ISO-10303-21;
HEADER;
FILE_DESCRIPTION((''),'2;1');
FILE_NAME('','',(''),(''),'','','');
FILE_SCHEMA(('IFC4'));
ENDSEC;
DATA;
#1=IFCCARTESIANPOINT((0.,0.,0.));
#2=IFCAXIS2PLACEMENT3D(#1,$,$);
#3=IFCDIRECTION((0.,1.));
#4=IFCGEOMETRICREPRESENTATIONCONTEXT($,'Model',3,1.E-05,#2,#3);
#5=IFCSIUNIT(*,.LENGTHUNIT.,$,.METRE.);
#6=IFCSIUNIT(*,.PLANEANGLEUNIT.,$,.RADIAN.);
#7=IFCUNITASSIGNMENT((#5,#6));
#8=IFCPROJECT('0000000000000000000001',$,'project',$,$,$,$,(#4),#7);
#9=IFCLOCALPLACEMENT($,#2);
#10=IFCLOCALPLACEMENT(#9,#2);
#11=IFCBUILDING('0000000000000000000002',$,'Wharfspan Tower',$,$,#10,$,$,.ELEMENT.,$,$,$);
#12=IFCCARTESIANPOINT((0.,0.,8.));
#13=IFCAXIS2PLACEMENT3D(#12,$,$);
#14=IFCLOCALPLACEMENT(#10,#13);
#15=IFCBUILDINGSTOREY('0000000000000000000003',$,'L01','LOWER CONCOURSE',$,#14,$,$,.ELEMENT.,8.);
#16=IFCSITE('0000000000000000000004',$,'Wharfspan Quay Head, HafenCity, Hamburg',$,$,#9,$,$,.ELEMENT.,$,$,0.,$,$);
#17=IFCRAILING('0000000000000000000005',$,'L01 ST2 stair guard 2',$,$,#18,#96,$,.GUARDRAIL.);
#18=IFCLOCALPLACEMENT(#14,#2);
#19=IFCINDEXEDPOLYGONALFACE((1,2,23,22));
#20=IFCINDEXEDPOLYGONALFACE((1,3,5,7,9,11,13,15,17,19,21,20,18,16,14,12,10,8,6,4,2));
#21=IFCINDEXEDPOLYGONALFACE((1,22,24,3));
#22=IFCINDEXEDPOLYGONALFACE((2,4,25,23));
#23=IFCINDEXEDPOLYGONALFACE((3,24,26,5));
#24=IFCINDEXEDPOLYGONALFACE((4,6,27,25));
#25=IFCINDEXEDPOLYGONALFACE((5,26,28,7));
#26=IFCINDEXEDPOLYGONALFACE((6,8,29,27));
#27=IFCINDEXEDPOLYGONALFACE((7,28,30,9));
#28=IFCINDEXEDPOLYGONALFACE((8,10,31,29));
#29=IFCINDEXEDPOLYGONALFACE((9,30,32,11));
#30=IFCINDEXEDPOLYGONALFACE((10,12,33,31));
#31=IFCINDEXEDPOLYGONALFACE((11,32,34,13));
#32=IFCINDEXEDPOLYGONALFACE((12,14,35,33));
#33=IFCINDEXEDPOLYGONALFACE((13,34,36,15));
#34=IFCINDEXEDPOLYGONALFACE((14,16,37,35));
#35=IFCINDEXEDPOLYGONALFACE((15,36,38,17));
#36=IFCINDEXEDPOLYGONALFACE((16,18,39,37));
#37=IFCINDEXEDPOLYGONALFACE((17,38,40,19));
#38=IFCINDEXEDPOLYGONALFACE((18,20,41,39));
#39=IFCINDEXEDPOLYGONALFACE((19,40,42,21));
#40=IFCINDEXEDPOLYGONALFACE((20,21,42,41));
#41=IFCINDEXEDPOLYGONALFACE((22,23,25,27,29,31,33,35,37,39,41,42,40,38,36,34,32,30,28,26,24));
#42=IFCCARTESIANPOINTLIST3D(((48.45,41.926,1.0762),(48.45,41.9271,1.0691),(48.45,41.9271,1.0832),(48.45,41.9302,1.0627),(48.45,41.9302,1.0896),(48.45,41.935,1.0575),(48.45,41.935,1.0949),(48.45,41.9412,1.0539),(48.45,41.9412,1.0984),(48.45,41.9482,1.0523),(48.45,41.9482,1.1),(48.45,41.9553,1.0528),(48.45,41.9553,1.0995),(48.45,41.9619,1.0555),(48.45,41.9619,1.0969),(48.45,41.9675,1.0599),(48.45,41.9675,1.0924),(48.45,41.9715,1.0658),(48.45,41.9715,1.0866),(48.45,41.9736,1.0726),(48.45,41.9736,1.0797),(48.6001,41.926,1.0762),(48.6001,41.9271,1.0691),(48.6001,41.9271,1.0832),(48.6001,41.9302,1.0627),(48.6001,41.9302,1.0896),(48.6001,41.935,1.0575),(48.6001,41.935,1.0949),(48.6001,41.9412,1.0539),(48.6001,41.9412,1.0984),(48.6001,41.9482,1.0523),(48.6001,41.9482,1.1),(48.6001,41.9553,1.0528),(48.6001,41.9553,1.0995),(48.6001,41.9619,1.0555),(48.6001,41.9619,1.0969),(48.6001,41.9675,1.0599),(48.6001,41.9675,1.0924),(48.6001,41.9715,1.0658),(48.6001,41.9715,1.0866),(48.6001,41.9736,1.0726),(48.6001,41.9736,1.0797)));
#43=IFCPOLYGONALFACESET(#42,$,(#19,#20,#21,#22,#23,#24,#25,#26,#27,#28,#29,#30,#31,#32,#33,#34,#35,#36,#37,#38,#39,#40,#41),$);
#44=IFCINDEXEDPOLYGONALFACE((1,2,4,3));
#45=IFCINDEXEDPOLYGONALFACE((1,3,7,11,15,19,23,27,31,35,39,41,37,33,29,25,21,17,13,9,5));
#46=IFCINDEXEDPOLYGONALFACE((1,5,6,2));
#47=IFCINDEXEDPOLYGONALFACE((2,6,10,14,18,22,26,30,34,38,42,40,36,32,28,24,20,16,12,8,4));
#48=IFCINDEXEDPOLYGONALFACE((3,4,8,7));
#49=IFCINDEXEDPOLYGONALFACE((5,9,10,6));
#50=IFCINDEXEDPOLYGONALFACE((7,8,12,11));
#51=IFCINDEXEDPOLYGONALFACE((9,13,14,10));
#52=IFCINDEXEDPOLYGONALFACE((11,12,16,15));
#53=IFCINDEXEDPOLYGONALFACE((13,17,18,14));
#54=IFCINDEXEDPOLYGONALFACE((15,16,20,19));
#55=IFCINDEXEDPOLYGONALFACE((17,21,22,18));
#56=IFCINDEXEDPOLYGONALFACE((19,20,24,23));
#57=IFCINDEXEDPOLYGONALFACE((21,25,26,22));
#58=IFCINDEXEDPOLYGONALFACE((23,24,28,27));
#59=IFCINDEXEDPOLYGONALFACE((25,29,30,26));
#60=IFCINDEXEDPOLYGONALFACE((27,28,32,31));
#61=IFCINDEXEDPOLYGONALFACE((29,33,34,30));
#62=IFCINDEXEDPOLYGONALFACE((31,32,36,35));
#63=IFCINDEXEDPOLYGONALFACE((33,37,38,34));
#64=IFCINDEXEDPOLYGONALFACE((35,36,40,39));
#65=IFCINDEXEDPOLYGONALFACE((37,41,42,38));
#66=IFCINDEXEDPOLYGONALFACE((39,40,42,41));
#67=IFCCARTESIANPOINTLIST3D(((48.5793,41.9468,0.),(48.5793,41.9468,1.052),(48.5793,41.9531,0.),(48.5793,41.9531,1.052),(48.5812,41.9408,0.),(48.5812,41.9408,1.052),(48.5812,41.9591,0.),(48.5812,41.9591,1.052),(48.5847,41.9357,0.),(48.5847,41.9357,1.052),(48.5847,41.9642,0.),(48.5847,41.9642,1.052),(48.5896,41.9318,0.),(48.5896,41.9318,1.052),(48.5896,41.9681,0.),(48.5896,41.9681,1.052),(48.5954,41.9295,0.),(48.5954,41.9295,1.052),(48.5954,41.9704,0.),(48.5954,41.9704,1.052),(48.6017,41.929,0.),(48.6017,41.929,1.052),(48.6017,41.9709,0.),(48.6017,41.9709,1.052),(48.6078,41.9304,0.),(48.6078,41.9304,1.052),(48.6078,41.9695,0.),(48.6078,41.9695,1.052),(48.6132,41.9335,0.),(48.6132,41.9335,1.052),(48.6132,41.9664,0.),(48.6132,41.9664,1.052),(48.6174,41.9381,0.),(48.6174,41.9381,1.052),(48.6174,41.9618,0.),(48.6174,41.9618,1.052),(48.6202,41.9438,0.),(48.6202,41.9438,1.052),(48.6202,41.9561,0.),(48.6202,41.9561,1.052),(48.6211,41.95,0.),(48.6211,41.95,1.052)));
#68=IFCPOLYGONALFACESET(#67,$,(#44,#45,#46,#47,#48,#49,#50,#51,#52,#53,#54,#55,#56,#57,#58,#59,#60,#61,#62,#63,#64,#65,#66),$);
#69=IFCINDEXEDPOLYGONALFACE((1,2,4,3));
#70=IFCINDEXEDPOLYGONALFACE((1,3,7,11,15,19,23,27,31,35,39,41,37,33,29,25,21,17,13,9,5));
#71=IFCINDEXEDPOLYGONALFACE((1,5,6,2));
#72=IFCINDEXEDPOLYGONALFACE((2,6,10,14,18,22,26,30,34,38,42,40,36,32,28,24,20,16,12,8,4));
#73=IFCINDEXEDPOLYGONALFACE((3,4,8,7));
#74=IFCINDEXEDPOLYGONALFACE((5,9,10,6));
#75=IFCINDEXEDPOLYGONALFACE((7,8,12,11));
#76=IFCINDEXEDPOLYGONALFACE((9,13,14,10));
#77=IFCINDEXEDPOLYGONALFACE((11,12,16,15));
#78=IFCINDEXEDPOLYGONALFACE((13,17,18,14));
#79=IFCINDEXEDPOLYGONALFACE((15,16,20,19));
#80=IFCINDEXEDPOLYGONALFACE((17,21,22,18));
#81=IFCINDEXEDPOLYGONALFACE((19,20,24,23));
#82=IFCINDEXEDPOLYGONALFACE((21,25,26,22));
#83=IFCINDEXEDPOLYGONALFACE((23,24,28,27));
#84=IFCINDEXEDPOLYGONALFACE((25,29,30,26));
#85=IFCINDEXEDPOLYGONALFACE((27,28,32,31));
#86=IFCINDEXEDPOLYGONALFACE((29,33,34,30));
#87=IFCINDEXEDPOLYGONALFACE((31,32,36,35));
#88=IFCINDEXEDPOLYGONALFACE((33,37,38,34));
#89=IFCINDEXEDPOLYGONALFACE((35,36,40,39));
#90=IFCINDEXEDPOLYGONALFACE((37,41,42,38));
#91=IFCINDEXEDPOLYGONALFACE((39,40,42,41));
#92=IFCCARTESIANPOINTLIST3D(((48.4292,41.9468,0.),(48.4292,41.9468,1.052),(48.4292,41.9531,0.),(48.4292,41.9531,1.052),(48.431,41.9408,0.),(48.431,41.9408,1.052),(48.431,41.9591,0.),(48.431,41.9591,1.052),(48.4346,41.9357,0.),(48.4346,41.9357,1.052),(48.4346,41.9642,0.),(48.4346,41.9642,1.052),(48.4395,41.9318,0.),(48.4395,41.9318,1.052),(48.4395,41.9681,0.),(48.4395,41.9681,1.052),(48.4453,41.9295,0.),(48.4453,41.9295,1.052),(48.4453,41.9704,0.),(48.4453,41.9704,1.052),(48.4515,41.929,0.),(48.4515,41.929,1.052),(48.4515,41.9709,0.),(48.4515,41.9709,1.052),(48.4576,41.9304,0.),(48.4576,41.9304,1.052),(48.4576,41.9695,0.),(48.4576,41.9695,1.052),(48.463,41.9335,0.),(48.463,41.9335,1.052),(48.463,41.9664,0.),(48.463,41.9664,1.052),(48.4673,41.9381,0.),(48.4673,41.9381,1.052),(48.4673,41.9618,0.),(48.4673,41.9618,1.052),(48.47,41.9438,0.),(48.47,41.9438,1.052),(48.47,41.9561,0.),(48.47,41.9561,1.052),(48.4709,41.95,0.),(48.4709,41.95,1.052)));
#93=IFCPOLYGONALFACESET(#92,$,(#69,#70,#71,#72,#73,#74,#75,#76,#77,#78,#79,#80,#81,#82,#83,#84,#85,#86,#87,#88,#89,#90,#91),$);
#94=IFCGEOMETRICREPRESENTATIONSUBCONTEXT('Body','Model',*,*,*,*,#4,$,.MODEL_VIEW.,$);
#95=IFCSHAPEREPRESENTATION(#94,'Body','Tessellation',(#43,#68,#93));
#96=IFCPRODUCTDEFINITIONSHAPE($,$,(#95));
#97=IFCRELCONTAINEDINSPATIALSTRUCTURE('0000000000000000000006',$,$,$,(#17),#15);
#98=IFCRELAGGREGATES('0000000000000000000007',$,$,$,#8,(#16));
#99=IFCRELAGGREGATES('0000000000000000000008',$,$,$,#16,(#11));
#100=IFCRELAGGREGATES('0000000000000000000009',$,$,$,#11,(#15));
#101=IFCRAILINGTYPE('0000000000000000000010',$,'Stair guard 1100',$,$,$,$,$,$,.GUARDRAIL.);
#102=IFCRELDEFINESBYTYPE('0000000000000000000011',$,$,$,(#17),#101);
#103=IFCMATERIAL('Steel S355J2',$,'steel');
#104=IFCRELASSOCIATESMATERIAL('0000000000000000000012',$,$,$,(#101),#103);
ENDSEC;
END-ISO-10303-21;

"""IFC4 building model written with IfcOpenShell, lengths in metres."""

from ifc_helpers import new_model, si_unit, direction, frame, origin, origin_2d, place, context, subcontext, project, spatial, circle, extrude, material, type_object, element, save


model = new_model("IFC4")

# Units and contexts
model_context = context("Model", 3, precision=1e-05, world=origin(), true_north=direction((0.0, 1.0)))
body_context = subcontext(model_context, "Body", "Model", "MODEL_VIEW")
ifc_project = project(units=[si_unit("LENGTHUNIT", "METRE"), si_unit("PLANEANGLEUNIT", "RADIAN")], contexts=[model_context])

# Site, building, storey
site_placement = place(None, origin())
site = spatial("IfcSite", under=ifc_project, at=site_placement, Name="Wharfspan Quay Head, HafenCity, Hamburg", CompositionType="ELEMENT", RefElevation=0.0)
building_placement = place(site_placement, origin())
building = spatial("IfcBuilding", under=site, at=building_placement, Name="Wharfspan Tower", CompositionType="ELEMENT")
storey_placement = place(building_placement, frame((0.0, 0.0, 8.0)))
storey = spatial("IfcBuildingStorey", under=building, at=storey_placement, Name="L01", Description="LOWER CONCOURSE", CompositionType="ELEMENT", Elevation=8.0)

# Railing
ifc_material_1 = material(Name="Steel S355J2", Category="steel")
railing_type_1 = type_object("IfcRailingType", Name="Stair guard 1100", PredefinedType="GUARDRAIL", material=ifc_material_1)
railing_placement = place(storey_placement, frame((48.6001, 41.95, 0.0)))
element("IfcRailing", 1, at=railing_placement, inside=storey, type_object=railing_type_1, Name="L01 ST2 stair guard 2", PredefinedType="GUARDRAIL", context=body_context, shape_type="SweptSolid", body=[
    extrude(circle(Radius=0.0239, at=origin_2d()), frame((0.0, 0.0, 1.0762), z_axis=(-1.0, 0.0, 0.0), x_axis=(0.0, -1.0, 0.0)), (0.0, 0.0, 1.0), 0.1501),
    extrude(circle(Radius=0.021, at=origin_2d()), origin(), (0.0, 0.0, 1.0), 1.052),
    extrude(circle(Radius=0.021, at=origin_2d()), frame((-0.1501, 0.0, 0.0)), (0.0, 0.0, 1.0), 1.052),
])

save(model, "model.ifc")
